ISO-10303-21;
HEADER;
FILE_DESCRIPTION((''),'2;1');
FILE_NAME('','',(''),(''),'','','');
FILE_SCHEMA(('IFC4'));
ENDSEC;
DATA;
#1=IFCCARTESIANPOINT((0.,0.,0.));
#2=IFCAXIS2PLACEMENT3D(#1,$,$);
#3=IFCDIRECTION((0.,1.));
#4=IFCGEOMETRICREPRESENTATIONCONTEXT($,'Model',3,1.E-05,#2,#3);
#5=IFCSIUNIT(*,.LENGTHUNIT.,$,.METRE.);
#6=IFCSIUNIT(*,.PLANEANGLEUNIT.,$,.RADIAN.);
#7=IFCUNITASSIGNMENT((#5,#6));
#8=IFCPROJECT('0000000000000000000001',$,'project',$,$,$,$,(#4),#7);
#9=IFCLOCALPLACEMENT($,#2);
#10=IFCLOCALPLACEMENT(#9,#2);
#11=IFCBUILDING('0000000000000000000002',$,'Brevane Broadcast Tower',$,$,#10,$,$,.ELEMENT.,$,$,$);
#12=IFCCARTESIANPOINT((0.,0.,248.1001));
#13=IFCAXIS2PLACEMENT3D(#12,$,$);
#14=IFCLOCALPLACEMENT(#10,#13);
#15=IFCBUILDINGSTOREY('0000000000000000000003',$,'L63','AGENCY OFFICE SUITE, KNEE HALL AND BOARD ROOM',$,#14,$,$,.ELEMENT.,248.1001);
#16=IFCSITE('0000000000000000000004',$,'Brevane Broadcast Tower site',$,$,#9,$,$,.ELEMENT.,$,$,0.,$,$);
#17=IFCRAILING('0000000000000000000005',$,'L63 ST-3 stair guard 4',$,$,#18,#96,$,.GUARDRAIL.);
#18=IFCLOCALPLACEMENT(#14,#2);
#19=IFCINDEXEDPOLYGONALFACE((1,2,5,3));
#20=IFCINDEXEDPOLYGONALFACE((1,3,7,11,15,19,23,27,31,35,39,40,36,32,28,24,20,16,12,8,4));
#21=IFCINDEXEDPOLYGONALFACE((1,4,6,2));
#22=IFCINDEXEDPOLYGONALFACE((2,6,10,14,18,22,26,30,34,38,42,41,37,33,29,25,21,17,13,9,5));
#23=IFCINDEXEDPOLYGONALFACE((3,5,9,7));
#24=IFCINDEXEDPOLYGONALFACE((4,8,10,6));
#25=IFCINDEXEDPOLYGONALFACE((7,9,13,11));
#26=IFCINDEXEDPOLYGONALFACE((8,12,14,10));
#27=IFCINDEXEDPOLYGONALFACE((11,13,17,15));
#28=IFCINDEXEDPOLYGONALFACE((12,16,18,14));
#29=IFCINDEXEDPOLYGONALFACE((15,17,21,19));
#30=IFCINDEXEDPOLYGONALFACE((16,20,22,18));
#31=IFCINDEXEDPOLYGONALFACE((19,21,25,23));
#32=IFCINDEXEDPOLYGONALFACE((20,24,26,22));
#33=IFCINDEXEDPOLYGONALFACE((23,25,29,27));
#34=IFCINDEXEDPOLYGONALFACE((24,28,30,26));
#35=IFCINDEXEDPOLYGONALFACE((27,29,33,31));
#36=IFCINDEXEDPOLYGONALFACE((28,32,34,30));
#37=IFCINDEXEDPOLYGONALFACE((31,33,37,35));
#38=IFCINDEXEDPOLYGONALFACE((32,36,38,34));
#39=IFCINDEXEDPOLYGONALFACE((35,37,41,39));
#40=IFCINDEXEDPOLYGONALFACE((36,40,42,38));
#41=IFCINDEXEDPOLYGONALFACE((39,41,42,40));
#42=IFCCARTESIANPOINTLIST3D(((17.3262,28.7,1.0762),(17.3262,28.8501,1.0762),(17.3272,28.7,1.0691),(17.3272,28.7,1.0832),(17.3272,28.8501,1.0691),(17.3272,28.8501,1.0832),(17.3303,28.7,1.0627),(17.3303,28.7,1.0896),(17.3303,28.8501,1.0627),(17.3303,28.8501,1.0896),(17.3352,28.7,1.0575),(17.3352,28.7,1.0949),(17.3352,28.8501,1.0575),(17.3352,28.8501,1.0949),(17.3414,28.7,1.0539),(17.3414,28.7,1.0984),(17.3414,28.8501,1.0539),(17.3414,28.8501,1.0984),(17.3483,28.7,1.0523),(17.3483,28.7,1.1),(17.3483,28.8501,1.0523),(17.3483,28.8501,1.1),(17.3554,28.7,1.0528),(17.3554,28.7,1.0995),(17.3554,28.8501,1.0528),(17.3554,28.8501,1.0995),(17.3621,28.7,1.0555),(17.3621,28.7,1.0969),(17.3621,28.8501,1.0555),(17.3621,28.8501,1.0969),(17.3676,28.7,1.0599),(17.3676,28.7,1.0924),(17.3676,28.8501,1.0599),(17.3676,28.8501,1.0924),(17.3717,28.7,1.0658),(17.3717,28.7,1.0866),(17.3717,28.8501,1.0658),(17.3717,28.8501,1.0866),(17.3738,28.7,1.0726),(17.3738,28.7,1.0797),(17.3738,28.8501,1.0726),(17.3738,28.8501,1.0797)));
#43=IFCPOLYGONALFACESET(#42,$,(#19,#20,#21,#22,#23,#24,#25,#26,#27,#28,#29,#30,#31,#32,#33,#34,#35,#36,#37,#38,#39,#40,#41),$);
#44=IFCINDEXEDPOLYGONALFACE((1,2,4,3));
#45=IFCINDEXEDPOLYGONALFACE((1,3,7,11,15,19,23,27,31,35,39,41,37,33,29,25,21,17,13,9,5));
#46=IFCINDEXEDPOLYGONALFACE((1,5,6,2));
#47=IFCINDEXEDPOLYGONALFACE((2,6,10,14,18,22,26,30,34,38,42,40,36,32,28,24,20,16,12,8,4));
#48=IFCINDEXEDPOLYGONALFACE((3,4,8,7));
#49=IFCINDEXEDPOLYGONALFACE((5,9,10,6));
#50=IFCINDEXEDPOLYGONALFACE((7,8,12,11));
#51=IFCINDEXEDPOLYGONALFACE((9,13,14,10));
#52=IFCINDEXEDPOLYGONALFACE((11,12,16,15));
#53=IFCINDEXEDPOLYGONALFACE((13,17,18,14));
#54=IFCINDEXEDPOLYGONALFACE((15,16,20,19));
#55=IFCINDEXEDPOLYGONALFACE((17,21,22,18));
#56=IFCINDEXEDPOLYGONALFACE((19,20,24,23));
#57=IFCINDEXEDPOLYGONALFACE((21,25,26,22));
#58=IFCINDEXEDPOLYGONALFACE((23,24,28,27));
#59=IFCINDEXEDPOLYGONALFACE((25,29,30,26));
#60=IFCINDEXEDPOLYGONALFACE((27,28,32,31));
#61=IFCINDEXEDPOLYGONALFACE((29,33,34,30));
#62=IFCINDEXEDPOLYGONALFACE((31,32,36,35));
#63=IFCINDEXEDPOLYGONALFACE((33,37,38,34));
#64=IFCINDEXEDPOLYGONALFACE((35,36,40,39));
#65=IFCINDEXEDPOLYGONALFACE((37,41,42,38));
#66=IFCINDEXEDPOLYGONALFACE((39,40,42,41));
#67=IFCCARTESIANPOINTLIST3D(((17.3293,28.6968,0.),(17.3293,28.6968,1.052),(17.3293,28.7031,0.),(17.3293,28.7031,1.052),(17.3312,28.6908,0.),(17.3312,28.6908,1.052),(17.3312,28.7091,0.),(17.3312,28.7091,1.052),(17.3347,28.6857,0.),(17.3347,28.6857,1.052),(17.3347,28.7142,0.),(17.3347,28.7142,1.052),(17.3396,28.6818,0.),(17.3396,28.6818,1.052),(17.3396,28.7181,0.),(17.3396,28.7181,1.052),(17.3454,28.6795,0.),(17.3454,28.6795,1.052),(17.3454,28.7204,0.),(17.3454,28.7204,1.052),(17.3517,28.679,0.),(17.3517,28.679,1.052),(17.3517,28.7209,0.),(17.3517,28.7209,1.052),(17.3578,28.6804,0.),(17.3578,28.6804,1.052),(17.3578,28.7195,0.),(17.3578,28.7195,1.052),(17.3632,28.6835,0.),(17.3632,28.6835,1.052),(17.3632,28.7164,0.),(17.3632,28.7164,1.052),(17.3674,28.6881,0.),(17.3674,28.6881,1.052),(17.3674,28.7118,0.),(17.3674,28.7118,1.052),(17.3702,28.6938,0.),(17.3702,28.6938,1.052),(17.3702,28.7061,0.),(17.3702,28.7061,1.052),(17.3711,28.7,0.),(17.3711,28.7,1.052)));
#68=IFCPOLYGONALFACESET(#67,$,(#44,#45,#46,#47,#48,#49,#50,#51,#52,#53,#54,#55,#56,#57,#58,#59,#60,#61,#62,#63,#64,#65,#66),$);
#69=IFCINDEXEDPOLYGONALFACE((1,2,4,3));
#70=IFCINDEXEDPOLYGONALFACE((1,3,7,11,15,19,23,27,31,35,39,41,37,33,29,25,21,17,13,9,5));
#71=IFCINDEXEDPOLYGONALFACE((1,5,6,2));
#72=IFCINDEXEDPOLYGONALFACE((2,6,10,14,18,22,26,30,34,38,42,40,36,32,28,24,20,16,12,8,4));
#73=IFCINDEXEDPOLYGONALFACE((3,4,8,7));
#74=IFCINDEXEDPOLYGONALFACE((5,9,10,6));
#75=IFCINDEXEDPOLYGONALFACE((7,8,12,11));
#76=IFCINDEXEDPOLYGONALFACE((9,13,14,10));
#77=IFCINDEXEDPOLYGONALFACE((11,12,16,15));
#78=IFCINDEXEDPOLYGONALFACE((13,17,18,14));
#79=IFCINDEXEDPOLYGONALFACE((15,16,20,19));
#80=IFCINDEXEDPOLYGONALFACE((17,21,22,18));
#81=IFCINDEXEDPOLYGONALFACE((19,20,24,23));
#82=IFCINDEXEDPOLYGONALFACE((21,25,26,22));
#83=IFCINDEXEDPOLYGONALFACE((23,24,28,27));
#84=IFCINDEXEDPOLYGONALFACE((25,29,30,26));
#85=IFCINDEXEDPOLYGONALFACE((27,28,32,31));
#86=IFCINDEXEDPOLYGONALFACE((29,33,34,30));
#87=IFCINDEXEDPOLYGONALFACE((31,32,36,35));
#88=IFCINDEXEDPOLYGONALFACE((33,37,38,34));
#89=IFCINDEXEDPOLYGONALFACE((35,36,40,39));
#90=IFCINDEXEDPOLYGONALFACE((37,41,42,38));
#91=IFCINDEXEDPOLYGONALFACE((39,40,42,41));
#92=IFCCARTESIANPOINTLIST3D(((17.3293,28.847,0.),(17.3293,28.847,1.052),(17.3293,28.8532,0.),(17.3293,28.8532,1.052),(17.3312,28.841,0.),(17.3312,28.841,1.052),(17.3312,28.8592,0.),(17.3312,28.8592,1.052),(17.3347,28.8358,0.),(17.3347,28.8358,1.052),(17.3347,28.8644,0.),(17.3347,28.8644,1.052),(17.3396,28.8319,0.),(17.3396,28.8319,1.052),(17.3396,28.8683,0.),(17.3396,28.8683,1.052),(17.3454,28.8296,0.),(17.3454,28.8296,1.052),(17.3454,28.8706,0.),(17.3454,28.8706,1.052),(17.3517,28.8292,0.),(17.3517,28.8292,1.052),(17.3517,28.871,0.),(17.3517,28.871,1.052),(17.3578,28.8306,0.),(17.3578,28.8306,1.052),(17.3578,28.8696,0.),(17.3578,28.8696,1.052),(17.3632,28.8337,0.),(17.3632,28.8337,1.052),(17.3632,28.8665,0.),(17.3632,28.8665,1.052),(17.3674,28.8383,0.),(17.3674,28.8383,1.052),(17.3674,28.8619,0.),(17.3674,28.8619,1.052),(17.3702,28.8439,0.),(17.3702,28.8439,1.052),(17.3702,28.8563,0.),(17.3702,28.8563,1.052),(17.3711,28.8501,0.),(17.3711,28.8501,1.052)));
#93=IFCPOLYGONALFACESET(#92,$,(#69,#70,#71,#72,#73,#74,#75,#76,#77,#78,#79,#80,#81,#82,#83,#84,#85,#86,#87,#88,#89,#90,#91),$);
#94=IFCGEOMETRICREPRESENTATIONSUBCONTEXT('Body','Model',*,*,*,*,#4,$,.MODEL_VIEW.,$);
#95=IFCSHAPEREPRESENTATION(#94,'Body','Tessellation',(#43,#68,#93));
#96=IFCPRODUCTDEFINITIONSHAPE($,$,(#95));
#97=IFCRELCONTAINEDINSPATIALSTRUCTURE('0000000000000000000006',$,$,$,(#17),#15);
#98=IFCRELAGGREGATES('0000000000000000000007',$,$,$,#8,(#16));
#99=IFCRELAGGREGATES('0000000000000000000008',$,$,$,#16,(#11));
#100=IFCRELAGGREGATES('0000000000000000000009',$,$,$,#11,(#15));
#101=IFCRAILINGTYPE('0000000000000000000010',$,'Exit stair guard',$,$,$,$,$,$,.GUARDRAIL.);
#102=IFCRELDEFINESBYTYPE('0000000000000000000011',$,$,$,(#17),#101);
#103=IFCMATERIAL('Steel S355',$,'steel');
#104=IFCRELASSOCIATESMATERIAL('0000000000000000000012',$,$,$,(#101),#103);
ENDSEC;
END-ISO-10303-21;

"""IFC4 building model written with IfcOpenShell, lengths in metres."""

from ifc_helpers import new_model, si_unit, direction, frame, origin, origin_2d, place, context, subcontext, project, spatial, circle, extrude, material, type_object, element, save


model = new_model("IFC4")

# Units and contexts
model_context = context("Model", 3, precision=1e-05, world=origin(), true_north=direction((0.0, 1.0)))
body_context = subcontext(model_context, "Body", "Model", "MODEL_VIEW")
ifc_project = project(units=[si_unit("LENGTHUNIT", "METRE"), si_unit("PLANEANGLEUNIT", "RADIAN")], contexts=[model_context])

# Site, building, storey
site_placement = place(None, origin())
site = spatial("IfcSite", under=ifc_project, at=site_placement, Name="Brevane Broadcast Tower site", CompositionType="ELEMENT", RefElevation=0.0)
building_placement = place(site_placement, origin())
building = spatial("IfcBuilding", under=site, at=building_placement, Name="Brevane Broadcast Tower", CompositionType="ELEMENT")
storey_placement = place(building_placement, frame((0.0, 0.0, 248.1001)))
storey = spatial("IfcBuildingStorey", under=building, at=storey_placement, Name="L63", Description="AGENCY OFFICE SUITE, KNEE HALL AND BOARD ROOM", CompositionType="ELEMENT", Elevation=248.1001)

# Railing
ifc_material_1 = material(Name="Steel S355", Category="steel")
railing_type = type_object("IfcRailingType", Name="Exit stair guard", PredefinedType="GUARDRAIL", material=ifc_material_1)
railing_placement = place(storey_placement, frame((17.3501, 28.7, 0.0)))
element("IfcRailing", 1, at=railing_placement, inside=storey, type_object=railing_type, Name="L63 ST-3 stair guard 4", PredefinedType="GUARDRAIL", context=body_context, shape_type="SweptSolid", body=[
    extrude(circle(Radius=0.0239, at=origin_2d()), frame((0.0, 0.0, 1.0762), z_axis=(0.0, 1.0, 0.0), x_axis=(-1.0, 0.0, 0.0)), (0.0, 0.0, 1.0), 0.1501),
    extrude(circle(Radius=0.021, at=origin_2d()), origin(), (0.0, 0.0, 1.0), 1.052),
    extrude(circle(Radius=0.021, at=origin_2d()), frame((0.0, 0.1501, 0.0)), (0.0, 0.0, 1.0), 1.052),
])

save(model, "model.ifc")
